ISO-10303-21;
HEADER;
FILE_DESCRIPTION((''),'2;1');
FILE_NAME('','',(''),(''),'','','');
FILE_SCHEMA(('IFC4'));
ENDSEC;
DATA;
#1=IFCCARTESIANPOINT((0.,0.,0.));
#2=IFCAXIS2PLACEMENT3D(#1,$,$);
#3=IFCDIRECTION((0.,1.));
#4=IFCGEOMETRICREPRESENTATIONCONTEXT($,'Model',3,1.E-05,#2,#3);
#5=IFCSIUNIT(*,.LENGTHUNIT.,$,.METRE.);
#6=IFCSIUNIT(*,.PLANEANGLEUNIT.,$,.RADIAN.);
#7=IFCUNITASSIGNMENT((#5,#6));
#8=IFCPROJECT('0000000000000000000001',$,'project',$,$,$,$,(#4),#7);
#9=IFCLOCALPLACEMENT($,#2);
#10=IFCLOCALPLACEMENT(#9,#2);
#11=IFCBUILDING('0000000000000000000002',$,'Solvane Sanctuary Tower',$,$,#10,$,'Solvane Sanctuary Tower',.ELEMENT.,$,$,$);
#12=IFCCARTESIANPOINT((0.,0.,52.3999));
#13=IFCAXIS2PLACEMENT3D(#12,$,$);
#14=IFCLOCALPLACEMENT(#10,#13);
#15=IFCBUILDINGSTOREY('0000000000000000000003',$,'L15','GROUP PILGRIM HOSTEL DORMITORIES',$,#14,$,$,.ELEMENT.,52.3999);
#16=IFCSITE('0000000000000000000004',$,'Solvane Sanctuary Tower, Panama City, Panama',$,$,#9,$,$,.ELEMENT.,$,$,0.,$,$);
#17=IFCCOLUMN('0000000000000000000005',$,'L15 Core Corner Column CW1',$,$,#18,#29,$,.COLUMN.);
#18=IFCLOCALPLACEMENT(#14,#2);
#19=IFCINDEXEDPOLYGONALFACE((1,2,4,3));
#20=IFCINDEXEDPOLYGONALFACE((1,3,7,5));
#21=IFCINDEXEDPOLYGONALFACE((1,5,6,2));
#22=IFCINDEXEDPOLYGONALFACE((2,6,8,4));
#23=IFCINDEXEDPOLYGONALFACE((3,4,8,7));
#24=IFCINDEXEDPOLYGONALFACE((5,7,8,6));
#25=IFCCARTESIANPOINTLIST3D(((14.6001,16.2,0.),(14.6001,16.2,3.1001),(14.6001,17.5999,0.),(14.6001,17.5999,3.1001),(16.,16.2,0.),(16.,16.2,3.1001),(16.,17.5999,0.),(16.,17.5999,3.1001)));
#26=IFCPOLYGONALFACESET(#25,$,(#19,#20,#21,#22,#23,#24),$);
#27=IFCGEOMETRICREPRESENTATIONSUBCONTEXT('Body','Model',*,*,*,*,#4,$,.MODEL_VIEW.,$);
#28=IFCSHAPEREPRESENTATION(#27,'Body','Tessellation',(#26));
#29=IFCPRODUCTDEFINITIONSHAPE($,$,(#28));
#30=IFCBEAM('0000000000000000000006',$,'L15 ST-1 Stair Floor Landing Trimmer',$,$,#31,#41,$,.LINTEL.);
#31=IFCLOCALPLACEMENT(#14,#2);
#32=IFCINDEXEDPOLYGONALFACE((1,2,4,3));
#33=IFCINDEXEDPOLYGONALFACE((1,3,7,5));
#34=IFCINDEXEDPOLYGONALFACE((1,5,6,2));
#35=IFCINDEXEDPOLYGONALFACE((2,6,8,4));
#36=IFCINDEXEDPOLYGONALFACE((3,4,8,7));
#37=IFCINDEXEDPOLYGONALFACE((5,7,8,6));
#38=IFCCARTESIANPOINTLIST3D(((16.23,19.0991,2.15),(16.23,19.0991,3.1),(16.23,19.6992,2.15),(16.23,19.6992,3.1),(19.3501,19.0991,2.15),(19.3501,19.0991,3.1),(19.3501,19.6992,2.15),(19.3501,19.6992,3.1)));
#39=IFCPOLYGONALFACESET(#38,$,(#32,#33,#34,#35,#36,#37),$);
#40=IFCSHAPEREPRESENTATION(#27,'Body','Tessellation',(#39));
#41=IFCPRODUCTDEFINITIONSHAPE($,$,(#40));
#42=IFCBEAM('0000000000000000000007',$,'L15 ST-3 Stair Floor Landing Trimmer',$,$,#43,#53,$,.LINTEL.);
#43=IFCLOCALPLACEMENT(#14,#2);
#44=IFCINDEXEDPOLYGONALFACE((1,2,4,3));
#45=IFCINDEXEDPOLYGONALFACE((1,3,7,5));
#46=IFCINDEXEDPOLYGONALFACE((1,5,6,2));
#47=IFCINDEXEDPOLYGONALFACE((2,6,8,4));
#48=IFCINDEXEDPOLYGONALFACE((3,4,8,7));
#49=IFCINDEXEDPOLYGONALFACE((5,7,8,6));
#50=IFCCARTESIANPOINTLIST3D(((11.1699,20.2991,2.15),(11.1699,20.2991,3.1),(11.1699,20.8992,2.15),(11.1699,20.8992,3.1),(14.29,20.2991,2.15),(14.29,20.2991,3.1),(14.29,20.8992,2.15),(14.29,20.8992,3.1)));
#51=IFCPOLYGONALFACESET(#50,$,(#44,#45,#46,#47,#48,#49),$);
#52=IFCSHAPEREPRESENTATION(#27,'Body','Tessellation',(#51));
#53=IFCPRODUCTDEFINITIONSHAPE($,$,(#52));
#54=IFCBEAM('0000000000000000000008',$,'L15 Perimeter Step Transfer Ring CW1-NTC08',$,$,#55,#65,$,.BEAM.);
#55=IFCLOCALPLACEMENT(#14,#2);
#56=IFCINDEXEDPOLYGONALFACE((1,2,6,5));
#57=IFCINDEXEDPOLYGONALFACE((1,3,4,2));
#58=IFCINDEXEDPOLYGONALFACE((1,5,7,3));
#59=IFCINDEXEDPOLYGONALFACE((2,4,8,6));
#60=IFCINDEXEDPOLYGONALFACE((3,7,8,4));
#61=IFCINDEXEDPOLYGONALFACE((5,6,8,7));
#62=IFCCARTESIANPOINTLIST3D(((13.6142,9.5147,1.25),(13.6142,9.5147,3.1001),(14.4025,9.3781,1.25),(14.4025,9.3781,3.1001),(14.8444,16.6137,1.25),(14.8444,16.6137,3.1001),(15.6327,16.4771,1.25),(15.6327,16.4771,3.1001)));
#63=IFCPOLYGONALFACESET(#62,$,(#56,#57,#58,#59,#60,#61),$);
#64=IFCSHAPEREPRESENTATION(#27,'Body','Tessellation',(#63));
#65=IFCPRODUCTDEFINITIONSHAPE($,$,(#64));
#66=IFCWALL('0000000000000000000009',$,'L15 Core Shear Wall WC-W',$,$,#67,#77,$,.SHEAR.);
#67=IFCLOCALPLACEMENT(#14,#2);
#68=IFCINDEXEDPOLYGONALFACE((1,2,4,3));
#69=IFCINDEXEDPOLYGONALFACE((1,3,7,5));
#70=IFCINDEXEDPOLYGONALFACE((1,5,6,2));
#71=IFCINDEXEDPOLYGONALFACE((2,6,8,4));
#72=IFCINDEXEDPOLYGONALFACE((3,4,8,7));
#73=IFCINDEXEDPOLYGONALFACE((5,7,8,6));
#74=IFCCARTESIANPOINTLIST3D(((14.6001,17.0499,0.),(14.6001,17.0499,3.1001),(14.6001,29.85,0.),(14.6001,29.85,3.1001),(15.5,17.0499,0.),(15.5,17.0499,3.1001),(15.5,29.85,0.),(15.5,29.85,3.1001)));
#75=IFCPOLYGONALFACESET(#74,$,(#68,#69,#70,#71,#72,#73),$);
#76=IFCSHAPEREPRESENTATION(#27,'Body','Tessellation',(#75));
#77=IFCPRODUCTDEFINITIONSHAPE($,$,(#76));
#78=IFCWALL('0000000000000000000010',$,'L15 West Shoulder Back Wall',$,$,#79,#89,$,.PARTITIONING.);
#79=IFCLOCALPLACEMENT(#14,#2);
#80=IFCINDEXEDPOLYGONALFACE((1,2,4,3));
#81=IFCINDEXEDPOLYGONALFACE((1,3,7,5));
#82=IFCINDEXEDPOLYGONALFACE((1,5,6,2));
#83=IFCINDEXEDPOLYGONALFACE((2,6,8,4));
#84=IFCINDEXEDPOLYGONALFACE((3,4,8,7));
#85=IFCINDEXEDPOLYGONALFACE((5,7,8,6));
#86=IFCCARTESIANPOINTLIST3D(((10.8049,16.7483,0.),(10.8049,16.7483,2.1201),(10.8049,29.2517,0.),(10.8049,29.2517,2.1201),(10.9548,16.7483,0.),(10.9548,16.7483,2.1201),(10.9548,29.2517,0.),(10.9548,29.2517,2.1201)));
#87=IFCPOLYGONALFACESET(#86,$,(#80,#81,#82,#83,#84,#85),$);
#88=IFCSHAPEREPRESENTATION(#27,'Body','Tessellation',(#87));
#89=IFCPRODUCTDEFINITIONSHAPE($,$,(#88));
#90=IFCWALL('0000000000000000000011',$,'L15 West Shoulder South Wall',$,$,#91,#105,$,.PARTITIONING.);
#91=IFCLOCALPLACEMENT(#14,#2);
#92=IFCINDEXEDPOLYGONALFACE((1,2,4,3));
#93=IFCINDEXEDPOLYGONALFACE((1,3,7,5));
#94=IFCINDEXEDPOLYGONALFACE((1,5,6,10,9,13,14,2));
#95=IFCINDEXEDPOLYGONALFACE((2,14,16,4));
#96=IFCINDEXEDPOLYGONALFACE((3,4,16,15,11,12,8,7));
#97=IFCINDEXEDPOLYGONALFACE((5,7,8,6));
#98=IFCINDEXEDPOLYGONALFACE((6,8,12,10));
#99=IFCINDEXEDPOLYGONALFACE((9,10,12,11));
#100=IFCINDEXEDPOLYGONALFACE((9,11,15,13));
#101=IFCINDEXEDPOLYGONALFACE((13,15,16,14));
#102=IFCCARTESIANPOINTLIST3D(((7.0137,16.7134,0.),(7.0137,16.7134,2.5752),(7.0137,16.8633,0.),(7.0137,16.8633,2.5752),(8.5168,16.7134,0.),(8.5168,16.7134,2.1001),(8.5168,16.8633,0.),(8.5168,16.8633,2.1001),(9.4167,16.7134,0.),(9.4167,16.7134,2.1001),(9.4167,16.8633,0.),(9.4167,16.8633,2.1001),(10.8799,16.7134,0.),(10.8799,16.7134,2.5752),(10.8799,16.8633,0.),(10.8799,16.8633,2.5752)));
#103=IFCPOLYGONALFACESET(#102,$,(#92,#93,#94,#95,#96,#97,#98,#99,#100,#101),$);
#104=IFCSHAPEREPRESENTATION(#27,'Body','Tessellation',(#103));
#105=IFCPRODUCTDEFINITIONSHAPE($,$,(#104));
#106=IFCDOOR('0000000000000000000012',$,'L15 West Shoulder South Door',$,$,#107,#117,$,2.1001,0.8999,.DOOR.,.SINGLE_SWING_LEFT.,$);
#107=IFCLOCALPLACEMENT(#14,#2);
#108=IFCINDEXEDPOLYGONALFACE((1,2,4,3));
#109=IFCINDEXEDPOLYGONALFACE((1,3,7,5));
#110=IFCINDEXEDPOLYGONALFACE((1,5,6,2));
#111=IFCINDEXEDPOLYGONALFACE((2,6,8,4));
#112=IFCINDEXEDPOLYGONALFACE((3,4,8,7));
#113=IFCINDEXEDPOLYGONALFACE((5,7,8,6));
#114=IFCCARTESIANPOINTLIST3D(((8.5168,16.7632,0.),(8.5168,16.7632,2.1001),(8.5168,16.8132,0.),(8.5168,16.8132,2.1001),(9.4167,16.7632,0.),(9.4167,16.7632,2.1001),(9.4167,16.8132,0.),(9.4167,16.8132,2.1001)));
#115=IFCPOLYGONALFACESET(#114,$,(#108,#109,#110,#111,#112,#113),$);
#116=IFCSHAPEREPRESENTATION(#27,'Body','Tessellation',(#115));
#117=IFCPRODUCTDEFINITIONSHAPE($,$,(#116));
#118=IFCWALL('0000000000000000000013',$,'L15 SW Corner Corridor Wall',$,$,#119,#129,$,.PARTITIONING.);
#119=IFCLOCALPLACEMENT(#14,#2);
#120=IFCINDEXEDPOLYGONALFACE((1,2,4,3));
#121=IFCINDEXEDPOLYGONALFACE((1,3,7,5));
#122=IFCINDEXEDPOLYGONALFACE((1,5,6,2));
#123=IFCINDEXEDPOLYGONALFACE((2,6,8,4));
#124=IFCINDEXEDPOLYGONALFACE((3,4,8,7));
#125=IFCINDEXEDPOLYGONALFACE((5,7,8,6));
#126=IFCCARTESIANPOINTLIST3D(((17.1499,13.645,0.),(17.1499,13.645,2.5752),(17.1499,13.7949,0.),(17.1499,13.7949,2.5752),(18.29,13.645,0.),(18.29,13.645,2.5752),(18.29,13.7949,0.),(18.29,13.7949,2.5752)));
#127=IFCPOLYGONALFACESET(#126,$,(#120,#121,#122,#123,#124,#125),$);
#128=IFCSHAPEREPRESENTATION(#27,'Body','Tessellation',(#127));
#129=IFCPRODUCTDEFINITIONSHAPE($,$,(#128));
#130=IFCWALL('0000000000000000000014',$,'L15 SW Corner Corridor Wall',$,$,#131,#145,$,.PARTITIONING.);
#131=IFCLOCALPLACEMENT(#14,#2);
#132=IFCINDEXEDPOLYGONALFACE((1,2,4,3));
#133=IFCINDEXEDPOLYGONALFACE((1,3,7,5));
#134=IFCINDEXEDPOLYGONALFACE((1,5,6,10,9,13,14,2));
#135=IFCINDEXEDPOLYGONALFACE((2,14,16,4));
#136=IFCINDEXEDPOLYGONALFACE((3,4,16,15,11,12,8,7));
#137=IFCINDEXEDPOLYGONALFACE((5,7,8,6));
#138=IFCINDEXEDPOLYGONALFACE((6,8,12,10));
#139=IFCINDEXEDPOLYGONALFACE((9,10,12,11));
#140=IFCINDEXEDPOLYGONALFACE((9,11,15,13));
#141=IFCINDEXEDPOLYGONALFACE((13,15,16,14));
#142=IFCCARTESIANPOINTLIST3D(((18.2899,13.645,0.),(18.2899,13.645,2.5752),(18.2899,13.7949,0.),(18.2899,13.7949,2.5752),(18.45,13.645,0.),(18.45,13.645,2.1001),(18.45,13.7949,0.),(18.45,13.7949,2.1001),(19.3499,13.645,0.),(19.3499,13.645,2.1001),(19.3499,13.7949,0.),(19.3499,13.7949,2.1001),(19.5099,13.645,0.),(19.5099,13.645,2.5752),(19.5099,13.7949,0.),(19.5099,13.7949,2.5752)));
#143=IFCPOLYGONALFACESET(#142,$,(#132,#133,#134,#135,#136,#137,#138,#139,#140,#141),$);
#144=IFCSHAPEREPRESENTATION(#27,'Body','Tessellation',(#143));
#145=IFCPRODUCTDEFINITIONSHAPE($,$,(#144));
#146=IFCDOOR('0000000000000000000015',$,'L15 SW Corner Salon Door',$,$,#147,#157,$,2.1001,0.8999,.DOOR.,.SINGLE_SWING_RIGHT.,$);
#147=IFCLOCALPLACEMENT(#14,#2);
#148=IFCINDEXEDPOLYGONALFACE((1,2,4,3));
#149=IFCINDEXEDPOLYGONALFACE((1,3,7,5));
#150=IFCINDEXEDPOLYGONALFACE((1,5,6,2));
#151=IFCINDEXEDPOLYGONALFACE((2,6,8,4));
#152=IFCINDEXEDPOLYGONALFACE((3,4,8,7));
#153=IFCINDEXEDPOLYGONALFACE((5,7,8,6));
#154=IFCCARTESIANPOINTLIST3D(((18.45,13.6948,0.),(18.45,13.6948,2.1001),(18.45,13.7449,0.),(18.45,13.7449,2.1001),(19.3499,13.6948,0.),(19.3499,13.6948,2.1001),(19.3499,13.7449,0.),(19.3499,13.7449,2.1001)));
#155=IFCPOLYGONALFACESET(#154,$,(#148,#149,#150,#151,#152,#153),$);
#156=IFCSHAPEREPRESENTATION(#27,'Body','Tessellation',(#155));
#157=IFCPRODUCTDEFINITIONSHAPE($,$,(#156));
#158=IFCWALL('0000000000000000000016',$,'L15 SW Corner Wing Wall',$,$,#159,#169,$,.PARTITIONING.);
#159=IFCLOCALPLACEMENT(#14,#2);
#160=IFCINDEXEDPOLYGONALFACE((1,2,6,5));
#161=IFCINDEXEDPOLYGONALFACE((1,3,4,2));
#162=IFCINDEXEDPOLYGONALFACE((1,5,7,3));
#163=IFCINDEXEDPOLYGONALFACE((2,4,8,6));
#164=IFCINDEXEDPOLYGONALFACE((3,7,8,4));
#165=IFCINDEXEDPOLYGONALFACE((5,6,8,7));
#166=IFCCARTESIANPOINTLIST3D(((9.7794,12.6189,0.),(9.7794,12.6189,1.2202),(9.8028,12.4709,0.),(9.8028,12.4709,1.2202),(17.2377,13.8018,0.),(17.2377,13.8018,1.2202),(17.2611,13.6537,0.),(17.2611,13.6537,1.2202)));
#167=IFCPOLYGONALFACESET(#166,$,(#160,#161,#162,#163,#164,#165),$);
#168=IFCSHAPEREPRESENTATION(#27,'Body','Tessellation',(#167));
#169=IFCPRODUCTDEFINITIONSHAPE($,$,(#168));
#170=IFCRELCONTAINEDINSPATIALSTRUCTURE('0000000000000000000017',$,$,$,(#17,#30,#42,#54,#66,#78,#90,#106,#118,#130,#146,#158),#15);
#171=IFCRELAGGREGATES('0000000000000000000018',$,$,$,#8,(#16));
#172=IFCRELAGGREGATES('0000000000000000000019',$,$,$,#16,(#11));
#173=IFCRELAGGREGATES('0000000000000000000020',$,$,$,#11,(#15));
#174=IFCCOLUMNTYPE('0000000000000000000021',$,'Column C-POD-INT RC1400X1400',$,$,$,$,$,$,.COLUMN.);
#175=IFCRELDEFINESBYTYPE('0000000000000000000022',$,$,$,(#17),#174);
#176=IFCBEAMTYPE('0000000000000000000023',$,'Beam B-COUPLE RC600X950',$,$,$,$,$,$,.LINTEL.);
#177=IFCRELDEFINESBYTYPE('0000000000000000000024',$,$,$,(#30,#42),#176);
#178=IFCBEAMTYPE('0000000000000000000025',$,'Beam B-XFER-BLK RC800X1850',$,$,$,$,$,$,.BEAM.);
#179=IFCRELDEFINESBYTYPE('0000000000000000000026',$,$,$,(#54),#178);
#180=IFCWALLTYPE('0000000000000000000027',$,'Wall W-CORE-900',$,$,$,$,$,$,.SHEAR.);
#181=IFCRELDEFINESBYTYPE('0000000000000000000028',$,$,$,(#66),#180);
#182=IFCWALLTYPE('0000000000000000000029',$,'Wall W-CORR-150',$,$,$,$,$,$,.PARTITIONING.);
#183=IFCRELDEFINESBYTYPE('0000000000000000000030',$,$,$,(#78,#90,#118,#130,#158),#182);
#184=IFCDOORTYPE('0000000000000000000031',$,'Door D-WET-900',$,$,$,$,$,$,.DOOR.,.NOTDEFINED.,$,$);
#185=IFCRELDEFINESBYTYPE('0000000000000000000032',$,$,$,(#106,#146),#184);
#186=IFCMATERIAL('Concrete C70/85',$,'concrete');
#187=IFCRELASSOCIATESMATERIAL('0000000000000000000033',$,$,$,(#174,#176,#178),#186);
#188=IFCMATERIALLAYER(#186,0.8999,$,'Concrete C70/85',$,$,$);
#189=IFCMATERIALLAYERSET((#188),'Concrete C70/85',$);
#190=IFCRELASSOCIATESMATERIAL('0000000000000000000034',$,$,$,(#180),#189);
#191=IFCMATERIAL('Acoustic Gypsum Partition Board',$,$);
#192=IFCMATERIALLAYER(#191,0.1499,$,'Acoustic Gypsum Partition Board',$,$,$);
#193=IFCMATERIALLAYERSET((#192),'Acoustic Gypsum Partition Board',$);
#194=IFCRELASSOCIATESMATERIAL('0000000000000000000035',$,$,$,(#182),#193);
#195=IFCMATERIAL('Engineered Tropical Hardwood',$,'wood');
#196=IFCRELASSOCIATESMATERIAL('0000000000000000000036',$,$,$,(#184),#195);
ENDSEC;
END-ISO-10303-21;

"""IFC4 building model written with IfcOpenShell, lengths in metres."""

from ifc_helpers import new_model, si_unit, direction, frame, frame_2d, origin, origin_2d, place, context, subcontext, project, spatial, rectangle, extrude, material, layer, layer_set, material_profile, profile_set, type_object, element, fill, save


model = new_model("IFC4")

# Units and contexts
model_context = context("Model", 3, precision=1e-05, world=origin(), true_north=direction((0.0, 1.0)))
body_context = subcontext(model_context, "Body", "Model", "MODEL_VIEW")
ifc_project = project(units=[si_unit("LENGTHUNIT", "METRE"), si_unit("PLANEANGLEUNIT", "RADIAN")], contexts=[model_context])

# Site, building, storey
site_placement = place(None, origin())
site = spatial("IfcSite", under=ifc_project, at=site_placement, Name="Solvane Sanctuary Tower, Panama City, Panama", CompositionType="ELEMENT", RefElevation=0.0)
building_placement = place(site_placement, origin())
building = spatial("IfcBuilding", under=site, at=building_placement, Name="Solvane Sanctuary Tower", LongName="Solvane Sanctuary Tower", CompositionType="ELEMENT")
storey_placement = place(building_placement, frame((0.0, 0.0, 52.3999)))
storey = spatial("IfcBuildingStorey", under=building, at=storey_placement, Name="L15", Description="GROUP PILGRIM HOSTEL DORMITORIES", CompositionType="ELEMENT", Elevation=52.3999)

# Column
ifc_material_1 = material(Name="Concrete C70/85", Category="concrete")
ifc_material_profile_1 = material_profile(ifc_material_1, rectangle(XDim=1.3999, YDim=1.3999, at=origin_2d()), Name="RC1400X1400")
ifc_profile_set_1 = profile_set([ifc_material_profile_1], Name="Concrete C70/85")
column_type = type_object("IfcColumnType", Name="Column C-POD-INT RC1400X1400", PredefinedType="COLUMN", material=ifc_profile_set_1)
column_placement = place(storey_placement, frame((15.3, 16.8999, 0.0), z_axis=(0.0, 0.0, 1.0), x_axis=(1.0, 0.0, 0.0)))
element("IfcColumn", 1, at=column_placement, inside=storey, type_object=column_type, Name="L15 Core Corner Column CW1", PredefinedType="COLUMN", context=body_context, shape_type="SweptSolid", body=[
    extrude(rectangle(XDim=1.3999, YDim=1.3999, at=origin_2d()), origin(), (0.0, 0.0, 1.0), 3.1001),
])

# Beams
ifc_material_profile_2 = material_profile(ifc_material_1, rectangle(XDim=0.6001, YDim=0.95, at=origin_2d()), Name="RC600X950")
ifc_profile_set_2 = profile_set([ifc_material_profile_2], Name="Concrete C70/85")
beam_type_1 = type_object("IfcBeamType", Name="Beam B-COUPLE RC600X950", PredefinedType="LINTEL", material=ifc_profile_set_2)
for number, where, z_axis, x_axis, name in (
    (2, (16.23, 19.3992, 2.625), (1.0, 0.0, 0.0), (0.0, 1.0, 0.0), "L15 ST-1 Stair Floor Landing Trimmer"),
    (3, (11.1699, 20.5991, 2.625), (1.0, 0.0, 0.0), (0.0, 1.0, 0.0), "L15 ST-3 Stair Floor Landing Trimmer"),
):
    element("IfcBeam", number, at=place(storey_placement, frame(where, z_axis=z_axis, x_axis=x_axis)), inside=storey, type_object=beam_type_1, Name=name, PredefinedType="LINTEL", context=body_context, shape_type="SweptSolid", body=[
        extrude(rectangle(XDim=0.6001, YDim=0.95, at=origin_2d()), origin(), (0.0, 0.0, 1.0), 3.1201),
    ])
ifc_material_profile_3 = material_profile(ifc_material_1, rectangle(XDim=0.8, YDim=1.8501, at=origin_2d()), Name="RC800X1850")
ifc_profile_set_3 = profile_set([ifc_material_profile_3], Name="Concrete C70/85")
beam_type_2 = type_object("IfcBeamType", Name="Beam B-XFER-BLK RC800X1850", PredefinedType="BEAM", material=ifc_profile_set_3)
beam_placement = place(storey_placement, frame((15.2385, 16.5454, 2.175), z_axis=(-0.170748, -0.985315, 0.0), x_axis=(0.985315, -0.170748, 0.0)))
element("IfcBeam", 4, at=beam_placement, inside=storey, type_object=beam_type_2, Name="L15 Perimeter Step Transfer Ring CW1-NTC08", PredefinedType="BEAM", context=body_context, shape_type="SweptSolid", body=[
    extrude(rectangle(XDim=0.8, YDim=1.8501, at=origin_2d()), origin(), (0.0, 0.0, 1.0), 7.2048),
])

# Walls
ifc_layer_1 = layer(ifc_material_1, 0.8999, Name="Concrete C70/85")
ifc_layer_set_1 = layer_set([ifc_layer_1], Name="Concrete C70/85")
wall_type_1 = type_object("IfcWallType", Name="Wall W-CORE-900", PredefinedType="SHEAR", material=ifc_layer_set_1)
wall_1_placement = place(storey_placement, frame((15.05, 17.05, 0.0), z_axis=(0.0, 0.0, 1.0), x_axis=(0.0, 1.0, 0.0)))
element("IfcWall", 5, at=wall_1_placement, inside=storey, type_object=wall_type_1, Name="L15 Core Shear Wall WC-W", PredefinedType="SHEAR", context=body_context, shape_type="SweptSolid", body=[
    extrude(rectangle(XDim=12.8, YDim=0.8999, at=frame_2d((6.3999, 0.0))), origin(), (0.0, 0.0, 1.0), 3.1001),
])
ifc_material_2 = material(Name="Acoustic Gypsum Partition Board")
ifc_layer_2 = layer(ifc_material_2, 0.1499, Name="Acoustic Gypsum Partition Board")
ifc_layer_set_2 = layer_set([ifc_layer_2], Name="Acoustic Gypsum Partition Board")
wall_type_2 = type_object("IfcWallType", Name="Wall W-CORR-150", PredefinedType="PARTITIONING", material=ifc_layer_set_2)
wall_2_placement = place(storey_placement, frame((10.8799, 16.7483, 0.0), z_axis=(0.0, 0.0, 1.0), x_axis=(0.0, 1.0, 0.0)))
element("IfcWall", 6, at=wall_2_placement, inside=storey, type_object=wall_type_2, Name="L15 West Shoulder Back Wall", PredefinedType="PARTITIONING", context=body_context, shape_type="SweptSolid", body=[
    extrude(rectangle(XDim=12.5034, YDim=0.1499, at=frame_2d((6.2517, 0.0))), origin(), (0.0, 0.0, 1.0), 2.1201),
])

# Wall, opening, door
wall_3_placement = place(storey_placement, frame((7.0137, 16.7883, 0.0), z_axis=(0.0, 0.0, 1.0), x_axis=(1.0, 0.0, 0.0)))
wall_3 = element("IfcWall", 7, at=wall_3_placement, inside=storey, type_object=wall_type_2, Name="L15 West Shoulder South Wall", PredefinedType="PARTITIONING", context=body_context, shape_type="SweptSolid", body=[
    extrude(rectangle(XDim=3.8662, YDim=0.1499, at=frame_2d((1.9331, 0.0))), origin(), (0.0, 0.0, 1.0), 2.5752),
])
opening_1_placement = place(wall_3_placement, frame((1.5032, 0.0, 0.0)))
opening_1 = element("IfcOpeningElement", 8, at=opening_1_placement, cuts=wall_3, PredefinedType="OPENING", context=body_context, shape_type="SweptSolid", body=[
    extrude(rectangle(XDim=0.8999, YDim=2.1001, at=frame_2d((0.45, 1.05))), frame((0.0, 0.085, 0.0), z_axis=(0.0, -1.0, 0.0), x_axis=(1.0, 0.0, 0.0)), (0.0, 0.0, 1.0), 0.1699),
])
ifc_material_3 = material(Name="Engineered Tropical Hardwood", Category="wood")
door_type_1 = type_object("IfcDoorType", Name="Door D-WET-900", OperationType="NOTDEFINED", PredefinedType="DOOR", material=ifc_material_3)
door_1_placement = place(opening_1_placement, origin())
door_1 = element("IfcDoor", 9, at=door_1_placement, inside=storey, type_object=door_type_1, Name="L15 West Shoulder South Door", OperationType="SINGLE_SWING_LEFT", OverallHeight=2.1001, OverallWidth=0.8999, PredefinedType="DOOR", context=body_context, shape_type="SweptSolid", body=[
    extrude(rectangle(XDim=0.8999, YDim=2.1001, at=frame_2d((0.45, 1.05))), frame((0.0, 0.0249, 0.0), z_axis=(0.0, -1.0, 0.0), x_axis=(1.0, 0.0, 0.0)), (0.0, 0.0, 1.0), 0.05),
])
fill(opening_1, door_1)

# Wall
wall_4_placement = place(storey_placement, frame((17.1499, 13.72, 0.0), z_axis=(0.0, 0.0, 1.0), x_axis=(1.0, 0.0, 0.0)))
element("IfcWall", 10, at=wall_4_placement, inside=storey, type_object=wall_type_2, Name="L15 SW Corner Corridor Wall", PredefinedType="PARTITIONING", context=body_context, shape_type="SweptSolid", body=[
    extrude(rectangle(XDim=1.1401, YDim=0.1499, at=frame_2d((0.5701, 0.0))), origin(), (0.0, 0.0, 1.0), 2.5752),
])

# Wall, opening, door
wall_5_placement = place(storey_placement, frame((18.29, 13.72, 0.0), z_axis=(0.0, 0.0, 1.0), x_axis=(1.0, 0.0, 0.0)))
wall_5 = element("IfcWall", 11, at=wall_5_placement, inside=storey, type_object=wall_type_2, Name="L15 SW Corner Corridor Wall", PredefinedType="PARTITIONING", context=body_context, shape_type="SweptSolid", body=[
    extrude(rectangle(XDim=1.22, YDim=0.1499, at=frame_2d((0.6099, 0.0))), origin(), (0.0, 0.0, 1.0), 2.5752),
])
opening_2_placement = place(wall_5_placement, frame((0.1599, 0.0, 0.0)))
opening_2 = element("IfcOpeningElement", 12, at=opening_2_placement, cuts=wall_5, PredefinedType="OPENING", context=body_context, shape_type="SweptSolid", body=[
    extrude(rectangle(XDim=0.8999, YDim=2.1001, at=frame_2d((0.45, 1.05))), frame((0.0, 0.085, 0.0), z_axis=(0.0, -1.0, 0.0), x_axis=(1.0, 0.0, 0.0)), (0.0, 0.0, 1.0), 0.1699),
])
door_2_placement = place(opening_2_placement, origin())
door_2 = element("IfcDoor", 13, at=door_2_placement, inside=storey, type_object=door_type_1, Name="L15 SW Corner Salon Door", OperationType="SINGLE_SWING_RIGHT", OverallHeight=2.1001, OverallWidth=0.8999, PredefinedType="DOOR", context=body_context, shape_type="SweptSolid", body=[
    extrude(rectangle(XDim=0.8999, YDim=2.1001, at=frame_2d((0.45, 1.05))), frame((0.0, 0.0249, 0.0), z_axis=(0.0, -1.0, 0.0), x_axis=(1.0, 0.0, 0.0)), (0.0, 0.0, 1.0), 0.05),
])
fill(opening_2, door_2)

# Wall
wall_6_placement = place(storey_placement, frame((17.2495, 13.7278, 0.0), z_axis=(0.0, 0.0, 1.0), x_axis=(-0.987656, -0.15664, 0.0)))
element("IfcWall", 14, at=wall_6_placement, inside=storey, type_object=wall_type_2, Name="L15 SW Corner Wing Wall", PredefinedType="PARTITIONING", context=body_context, shape_type="SweptSolid", body=[
    extrude(rectangle(XDim=7.5515, YDim=0.1499, at=frame_2d((3.7759, 0.0))), origin(), (0.0, 0.0, 1.0), 1.2202),
])

save(model, "model.ifc")
